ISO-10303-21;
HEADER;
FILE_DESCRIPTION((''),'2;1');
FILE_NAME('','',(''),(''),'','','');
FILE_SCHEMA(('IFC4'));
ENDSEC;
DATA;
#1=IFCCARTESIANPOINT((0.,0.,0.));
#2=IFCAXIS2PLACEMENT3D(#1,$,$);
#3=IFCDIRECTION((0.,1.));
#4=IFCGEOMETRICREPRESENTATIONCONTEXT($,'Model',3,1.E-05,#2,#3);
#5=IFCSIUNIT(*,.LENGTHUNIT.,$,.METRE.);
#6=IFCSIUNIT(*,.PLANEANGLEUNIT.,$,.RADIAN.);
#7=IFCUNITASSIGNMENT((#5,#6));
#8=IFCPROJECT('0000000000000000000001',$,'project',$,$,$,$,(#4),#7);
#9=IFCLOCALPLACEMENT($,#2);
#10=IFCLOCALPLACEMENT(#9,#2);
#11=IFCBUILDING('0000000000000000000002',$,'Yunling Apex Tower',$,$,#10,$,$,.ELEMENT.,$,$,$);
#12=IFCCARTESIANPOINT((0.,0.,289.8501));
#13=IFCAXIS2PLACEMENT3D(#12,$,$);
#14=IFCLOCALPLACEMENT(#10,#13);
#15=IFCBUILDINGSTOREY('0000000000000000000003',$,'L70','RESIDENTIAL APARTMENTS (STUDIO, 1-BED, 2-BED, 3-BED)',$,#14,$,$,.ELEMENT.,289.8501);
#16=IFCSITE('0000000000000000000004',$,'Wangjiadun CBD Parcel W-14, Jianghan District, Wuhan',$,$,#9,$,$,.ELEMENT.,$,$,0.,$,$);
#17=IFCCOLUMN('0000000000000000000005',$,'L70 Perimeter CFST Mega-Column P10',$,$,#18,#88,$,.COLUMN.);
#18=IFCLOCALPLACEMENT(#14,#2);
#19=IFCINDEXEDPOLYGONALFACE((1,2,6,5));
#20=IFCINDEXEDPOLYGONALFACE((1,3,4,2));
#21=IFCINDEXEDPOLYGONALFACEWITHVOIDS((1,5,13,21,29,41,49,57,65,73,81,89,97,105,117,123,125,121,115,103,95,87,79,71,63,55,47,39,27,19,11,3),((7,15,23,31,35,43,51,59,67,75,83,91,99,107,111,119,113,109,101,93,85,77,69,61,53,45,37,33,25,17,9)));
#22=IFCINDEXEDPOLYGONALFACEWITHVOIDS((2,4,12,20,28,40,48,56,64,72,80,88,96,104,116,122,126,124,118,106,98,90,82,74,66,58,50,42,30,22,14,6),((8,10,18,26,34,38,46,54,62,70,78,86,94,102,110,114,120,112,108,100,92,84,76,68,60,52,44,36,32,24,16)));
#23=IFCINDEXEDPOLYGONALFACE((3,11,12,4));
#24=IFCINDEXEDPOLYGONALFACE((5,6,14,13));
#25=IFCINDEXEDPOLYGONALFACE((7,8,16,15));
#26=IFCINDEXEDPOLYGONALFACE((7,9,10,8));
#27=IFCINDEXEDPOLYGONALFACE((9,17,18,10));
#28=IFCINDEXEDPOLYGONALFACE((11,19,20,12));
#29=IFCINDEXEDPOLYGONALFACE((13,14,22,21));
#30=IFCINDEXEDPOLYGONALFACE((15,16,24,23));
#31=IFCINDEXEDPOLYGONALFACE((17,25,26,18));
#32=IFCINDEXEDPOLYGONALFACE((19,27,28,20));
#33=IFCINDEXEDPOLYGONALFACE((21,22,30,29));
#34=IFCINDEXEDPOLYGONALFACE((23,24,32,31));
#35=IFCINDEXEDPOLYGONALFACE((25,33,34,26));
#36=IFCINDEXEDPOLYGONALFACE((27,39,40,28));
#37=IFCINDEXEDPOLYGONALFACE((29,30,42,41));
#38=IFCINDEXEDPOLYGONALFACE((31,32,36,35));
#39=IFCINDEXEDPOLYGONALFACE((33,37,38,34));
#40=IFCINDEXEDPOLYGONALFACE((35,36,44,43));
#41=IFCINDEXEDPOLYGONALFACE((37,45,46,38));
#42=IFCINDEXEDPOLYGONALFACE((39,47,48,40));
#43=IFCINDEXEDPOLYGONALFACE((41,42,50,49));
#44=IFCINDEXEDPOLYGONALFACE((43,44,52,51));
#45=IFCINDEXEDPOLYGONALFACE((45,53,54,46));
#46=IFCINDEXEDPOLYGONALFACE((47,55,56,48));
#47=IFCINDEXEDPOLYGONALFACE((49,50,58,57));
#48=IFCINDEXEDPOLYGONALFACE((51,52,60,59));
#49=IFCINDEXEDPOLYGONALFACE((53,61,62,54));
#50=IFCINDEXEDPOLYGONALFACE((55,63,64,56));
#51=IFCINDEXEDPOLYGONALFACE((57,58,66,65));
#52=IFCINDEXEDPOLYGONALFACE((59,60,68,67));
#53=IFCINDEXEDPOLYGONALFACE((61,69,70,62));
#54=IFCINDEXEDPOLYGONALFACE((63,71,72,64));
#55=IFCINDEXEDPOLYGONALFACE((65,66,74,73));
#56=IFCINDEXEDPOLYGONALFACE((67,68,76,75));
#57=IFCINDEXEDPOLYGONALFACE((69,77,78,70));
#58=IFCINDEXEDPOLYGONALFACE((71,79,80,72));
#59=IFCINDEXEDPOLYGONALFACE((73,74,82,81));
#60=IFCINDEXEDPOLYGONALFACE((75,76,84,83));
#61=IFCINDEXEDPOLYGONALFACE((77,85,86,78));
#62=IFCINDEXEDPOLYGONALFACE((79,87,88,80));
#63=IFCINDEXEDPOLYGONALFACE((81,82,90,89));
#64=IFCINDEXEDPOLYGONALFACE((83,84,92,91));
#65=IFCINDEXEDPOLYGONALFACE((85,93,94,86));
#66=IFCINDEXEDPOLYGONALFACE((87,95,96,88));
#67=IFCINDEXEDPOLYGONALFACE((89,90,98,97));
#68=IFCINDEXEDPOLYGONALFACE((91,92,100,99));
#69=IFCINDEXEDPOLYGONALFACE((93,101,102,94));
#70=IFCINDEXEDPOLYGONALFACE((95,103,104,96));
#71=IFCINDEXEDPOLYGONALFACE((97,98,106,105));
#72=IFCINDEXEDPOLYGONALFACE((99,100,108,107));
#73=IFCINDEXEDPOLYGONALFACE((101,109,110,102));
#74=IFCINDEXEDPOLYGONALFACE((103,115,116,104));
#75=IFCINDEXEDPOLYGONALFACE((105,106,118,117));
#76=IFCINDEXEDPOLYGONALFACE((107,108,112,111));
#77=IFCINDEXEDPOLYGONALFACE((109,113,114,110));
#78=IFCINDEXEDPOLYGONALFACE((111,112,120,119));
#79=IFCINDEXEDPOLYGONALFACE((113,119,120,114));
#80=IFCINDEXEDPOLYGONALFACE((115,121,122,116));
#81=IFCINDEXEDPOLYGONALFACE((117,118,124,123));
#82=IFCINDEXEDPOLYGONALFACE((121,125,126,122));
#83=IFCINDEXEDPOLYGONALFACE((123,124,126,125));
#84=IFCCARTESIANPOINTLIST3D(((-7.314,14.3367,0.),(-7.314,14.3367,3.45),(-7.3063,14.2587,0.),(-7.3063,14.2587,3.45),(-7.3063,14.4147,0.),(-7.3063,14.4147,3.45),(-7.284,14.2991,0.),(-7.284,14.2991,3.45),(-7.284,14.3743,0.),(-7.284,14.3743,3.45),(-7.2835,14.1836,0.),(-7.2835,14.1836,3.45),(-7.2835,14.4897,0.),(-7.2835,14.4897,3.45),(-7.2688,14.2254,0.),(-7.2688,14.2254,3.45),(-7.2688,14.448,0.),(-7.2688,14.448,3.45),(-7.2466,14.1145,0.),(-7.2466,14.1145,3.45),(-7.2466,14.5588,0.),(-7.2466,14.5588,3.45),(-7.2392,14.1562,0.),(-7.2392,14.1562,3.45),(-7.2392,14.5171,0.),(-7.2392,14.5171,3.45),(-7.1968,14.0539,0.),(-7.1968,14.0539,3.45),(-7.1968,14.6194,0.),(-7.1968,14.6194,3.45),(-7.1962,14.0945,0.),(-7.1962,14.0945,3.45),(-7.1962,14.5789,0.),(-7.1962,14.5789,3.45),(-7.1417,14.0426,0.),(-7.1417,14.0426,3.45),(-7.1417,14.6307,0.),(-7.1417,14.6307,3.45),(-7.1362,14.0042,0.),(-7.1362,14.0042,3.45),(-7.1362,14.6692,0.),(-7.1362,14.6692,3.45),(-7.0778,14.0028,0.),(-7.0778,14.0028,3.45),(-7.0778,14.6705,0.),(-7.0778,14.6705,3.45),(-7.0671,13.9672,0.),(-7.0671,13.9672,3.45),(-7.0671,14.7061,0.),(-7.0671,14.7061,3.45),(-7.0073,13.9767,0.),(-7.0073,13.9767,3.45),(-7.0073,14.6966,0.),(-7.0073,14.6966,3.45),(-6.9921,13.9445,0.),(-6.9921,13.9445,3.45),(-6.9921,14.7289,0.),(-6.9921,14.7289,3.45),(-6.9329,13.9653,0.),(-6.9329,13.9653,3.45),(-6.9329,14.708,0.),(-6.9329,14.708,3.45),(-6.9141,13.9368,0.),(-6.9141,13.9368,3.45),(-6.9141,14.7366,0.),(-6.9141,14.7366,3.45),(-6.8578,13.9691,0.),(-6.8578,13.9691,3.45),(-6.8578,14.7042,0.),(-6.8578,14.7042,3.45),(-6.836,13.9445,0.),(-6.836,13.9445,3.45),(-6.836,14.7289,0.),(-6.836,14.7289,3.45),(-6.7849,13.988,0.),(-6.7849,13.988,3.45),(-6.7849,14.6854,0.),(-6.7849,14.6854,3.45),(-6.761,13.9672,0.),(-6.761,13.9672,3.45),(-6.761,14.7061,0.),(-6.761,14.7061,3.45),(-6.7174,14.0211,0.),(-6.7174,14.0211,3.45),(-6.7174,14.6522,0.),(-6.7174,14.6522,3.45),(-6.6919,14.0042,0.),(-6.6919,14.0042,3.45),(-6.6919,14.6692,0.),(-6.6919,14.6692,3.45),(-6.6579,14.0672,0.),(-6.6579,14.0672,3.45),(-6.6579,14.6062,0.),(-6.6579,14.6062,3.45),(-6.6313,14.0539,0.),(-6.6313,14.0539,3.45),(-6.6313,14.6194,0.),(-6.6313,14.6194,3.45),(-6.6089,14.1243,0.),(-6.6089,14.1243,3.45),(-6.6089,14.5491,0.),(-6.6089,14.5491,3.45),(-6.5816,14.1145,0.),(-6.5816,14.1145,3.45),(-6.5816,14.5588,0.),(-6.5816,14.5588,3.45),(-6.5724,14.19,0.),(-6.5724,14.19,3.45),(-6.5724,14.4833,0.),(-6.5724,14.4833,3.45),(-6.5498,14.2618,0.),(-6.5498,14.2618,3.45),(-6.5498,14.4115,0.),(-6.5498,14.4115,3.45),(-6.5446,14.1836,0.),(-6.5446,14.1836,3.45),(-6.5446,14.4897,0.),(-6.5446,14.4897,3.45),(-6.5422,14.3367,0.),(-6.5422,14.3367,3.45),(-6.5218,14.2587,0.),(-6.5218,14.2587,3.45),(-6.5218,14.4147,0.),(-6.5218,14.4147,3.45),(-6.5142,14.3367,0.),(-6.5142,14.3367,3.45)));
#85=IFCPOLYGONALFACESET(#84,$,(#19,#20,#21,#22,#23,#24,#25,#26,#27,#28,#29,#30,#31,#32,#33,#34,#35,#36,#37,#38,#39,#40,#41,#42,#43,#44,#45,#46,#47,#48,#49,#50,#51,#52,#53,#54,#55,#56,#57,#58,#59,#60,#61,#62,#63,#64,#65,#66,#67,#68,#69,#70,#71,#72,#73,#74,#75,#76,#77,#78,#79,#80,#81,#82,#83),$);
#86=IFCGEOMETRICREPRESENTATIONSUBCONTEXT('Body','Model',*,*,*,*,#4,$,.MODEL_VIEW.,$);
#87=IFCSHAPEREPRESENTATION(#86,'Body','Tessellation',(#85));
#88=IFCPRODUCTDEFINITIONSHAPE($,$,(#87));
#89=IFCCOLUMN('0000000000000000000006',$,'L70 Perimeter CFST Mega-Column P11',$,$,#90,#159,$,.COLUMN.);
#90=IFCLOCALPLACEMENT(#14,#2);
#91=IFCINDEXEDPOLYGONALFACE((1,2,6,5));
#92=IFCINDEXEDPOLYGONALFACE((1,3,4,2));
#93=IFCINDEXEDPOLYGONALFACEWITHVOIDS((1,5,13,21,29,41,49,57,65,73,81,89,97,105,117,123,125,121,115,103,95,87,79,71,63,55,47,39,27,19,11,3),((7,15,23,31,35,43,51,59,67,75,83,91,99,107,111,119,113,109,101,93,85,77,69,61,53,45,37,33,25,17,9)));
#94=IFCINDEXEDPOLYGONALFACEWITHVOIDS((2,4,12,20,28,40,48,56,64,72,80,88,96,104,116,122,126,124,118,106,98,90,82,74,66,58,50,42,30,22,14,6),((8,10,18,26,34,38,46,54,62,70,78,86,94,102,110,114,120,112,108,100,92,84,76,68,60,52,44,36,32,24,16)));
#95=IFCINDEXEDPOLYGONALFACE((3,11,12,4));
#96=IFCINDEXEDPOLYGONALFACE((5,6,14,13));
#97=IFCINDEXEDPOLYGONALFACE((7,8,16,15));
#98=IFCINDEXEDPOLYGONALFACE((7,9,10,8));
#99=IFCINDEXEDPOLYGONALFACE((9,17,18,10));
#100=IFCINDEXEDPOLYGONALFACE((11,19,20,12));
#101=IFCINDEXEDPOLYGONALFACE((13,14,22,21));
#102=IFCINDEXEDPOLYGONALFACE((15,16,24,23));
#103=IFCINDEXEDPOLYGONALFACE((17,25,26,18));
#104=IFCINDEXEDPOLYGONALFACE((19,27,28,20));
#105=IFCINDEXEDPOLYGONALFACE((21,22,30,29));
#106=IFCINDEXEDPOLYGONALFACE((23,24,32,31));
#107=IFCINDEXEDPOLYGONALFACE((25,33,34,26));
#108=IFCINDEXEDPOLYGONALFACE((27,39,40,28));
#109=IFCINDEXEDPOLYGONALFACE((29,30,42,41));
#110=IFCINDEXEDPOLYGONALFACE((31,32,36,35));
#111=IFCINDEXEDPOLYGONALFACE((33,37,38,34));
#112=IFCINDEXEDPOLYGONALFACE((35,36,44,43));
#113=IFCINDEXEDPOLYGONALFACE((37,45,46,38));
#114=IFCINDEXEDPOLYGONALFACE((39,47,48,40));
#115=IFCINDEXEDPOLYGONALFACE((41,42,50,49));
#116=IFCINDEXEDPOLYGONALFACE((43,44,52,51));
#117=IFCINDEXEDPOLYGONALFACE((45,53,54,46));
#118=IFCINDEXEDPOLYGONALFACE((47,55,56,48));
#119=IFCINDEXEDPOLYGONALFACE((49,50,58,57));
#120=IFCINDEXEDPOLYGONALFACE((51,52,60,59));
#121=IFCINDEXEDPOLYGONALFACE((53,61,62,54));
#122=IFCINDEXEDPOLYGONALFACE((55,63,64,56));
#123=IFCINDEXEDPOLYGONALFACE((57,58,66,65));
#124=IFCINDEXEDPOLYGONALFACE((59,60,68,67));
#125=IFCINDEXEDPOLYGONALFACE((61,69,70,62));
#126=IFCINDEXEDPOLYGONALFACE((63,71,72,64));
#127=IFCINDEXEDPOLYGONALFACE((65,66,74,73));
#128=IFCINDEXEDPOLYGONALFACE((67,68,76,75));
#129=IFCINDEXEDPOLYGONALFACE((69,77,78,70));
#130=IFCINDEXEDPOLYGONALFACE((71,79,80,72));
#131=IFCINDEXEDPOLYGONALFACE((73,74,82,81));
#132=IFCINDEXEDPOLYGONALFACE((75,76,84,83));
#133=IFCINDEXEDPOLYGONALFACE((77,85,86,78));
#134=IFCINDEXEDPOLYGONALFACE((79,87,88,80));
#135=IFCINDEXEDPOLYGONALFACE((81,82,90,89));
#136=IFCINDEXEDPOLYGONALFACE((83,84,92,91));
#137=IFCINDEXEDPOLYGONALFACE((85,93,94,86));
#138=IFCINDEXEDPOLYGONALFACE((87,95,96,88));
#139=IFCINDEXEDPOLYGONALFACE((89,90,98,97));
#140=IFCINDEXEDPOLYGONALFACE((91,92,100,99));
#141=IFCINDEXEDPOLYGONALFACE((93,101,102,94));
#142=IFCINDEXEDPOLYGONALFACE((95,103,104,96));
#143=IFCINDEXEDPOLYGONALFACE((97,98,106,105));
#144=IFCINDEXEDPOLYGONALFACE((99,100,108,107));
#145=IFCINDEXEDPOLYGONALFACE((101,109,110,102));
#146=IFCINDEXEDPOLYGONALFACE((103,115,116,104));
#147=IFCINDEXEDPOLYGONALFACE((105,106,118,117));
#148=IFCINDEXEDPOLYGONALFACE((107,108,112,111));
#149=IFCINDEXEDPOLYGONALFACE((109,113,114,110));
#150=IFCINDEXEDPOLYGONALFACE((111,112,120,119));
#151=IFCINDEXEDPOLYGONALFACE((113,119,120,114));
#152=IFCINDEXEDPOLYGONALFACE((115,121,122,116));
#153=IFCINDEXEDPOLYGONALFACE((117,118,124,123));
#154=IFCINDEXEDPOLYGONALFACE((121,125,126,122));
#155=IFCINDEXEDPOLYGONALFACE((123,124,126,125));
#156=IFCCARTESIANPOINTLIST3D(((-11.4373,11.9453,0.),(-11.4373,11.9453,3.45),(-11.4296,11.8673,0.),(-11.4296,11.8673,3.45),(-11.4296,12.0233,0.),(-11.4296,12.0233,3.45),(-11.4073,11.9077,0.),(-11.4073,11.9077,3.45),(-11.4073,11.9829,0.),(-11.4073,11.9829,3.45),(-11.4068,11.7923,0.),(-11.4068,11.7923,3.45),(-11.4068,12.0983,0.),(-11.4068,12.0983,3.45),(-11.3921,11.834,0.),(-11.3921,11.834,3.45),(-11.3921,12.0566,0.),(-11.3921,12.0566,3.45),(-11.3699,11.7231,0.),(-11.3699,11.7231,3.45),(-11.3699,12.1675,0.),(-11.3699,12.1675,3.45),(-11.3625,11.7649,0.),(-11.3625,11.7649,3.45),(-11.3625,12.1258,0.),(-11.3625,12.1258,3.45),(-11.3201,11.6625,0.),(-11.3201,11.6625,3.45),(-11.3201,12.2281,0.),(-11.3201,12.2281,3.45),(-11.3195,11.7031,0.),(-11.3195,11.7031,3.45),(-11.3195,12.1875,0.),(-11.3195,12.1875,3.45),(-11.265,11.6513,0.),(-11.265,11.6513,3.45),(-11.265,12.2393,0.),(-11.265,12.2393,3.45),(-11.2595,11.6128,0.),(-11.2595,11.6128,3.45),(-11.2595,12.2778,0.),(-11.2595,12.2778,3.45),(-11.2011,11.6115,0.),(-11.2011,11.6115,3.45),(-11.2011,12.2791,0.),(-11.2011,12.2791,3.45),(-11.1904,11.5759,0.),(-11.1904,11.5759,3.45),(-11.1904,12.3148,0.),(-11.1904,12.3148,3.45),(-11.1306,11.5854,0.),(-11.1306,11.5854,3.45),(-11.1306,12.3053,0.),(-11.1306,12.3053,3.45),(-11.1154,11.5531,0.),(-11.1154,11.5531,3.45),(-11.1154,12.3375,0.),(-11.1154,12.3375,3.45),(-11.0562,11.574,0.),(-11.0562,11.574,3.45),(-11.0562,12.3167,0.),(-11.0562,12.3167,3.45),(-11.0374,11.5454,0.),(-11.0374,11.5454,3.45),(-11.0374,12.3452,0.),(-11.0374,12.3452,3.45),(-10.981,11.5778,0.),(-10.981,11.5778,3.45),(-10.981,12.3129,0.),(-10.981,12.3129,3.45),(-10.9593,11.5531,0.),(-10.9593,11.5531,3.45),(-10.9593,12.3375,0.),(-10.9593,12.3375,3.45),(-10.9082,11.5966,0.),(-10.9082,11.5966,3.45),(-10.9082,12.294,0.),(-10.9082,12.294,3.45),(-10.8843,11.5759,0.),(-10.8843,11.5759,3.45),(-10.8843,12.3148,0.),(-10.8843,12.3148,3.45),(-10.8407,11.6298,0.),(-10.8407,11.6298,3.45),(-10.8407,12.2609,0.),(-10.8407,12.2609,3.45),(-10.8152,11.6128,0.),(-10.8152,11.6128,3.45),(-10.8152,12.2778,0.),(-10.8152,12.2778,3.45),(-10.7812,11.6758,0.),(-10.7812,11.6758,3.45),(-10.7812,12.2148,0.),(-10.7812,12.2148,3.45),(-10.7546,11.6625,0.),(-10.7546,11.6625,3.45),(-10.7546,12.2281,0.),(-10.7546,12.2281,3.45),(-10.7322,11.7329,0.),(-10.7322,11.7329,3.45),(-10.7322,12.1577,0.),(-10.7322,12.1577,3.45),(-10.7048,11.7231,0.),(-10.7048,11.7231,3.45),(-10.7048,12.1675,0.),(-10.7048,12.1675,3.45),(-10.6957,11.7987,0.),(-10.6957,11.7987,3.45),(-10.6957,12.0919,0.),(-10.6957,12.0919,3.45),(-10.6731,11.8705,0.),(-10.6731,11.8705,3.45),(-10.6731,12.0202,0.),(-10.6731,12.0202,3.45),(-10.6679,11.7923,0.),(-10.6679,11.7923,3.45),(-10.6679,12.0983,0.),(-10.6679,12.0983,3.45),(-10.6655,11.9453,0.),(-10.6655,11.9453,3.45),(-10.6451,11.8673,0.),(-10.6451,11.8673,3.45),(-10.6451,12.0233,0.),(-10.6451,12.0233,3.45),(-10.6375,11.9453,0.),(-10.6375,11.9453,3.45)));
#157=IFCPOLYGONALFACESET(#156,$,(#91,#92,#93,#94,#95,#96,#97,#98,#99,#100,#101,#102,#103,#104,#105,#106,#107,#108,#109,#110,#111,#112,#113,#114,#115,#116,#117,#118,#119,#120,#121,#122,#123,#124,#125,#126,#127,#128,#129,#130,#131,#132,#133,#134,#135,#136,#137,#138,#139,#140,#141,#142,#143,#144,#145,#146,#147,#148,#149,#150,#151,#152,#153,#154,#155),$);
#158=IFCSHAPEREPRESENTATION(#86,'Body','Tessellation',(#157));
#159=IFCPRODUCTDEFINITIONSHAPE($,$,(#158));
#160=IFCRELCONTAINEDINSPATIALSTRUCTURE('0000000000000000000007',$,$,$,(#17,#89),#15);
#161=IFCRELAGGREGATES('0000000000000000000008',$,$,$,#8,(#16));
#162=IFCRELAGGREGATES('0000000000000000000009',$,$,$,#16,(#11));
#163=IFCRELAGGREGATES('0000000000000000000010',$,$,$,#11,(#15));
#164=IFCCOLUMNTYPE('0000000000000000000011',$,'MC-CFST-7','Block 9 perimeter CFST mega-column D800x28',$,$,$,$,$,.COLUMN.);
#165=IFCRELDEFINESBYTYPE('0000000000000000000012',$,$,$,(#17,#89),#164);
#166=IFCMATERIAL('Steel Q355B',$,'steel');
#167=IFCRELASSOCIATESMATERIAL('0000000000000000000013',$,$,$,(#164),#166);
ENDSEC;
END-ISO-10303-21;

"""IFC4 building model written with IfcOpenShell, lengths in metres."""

from ifc_helpers import new_model, si_unit, direction, frame, origin, origin_2d, place, context, subcontext, project, spatial, hollow_circle, extrude, source, transform, mapped, material, material_profile, profile_set, type_object, element, save


model = new_model("IFC4")

# Units and contexts
model_context = context("Model", 3, precision=1e-05, world=origin(), true_north=direction((0.0, 1.0)))
body_context = subcontext(model_context, "Body", "Model", "MODEL_VIEW")
ifc_project = project(units=[si_unit("LENGTHUNIT", "METRE"), si_unit("PLANEANGLEUNIT", "RADIAN")], contexts=[model_context])

# Site, building, storey
site_placement = place(None, origin())
site = spatial("IfcSite", under=ifc_project, at=site_placement, Name="Wangjiadun CBD Parcel W-14, Jianghan District, Wuhan", CompositionType="ELEMENT", RefElevation=0.0)
building_placement = place(site_placement, origin())
building = spatial("IfcBuilding", under=site, at=building_placement, Name="Yunling Apex Tower", CompositionType="ELEMENT")
storey_placement = place(building_placement, frame((0.0, 0.0, 289.8501)))
storey = spatial("IfcBuildingStorey", under=building, at=storey_placement, Name="L70", Description="RESIDENTIAL APARTMENTS (STUDIO, 1-BED, 2-BED, 3-BED)", CompositionType="ELEMENT", Elevation=289.8501)

# Columns
ifc_material_1 = material(Name="Steel Q355B", Category="steel")
ifc_material_profile_1 = material_profile(ifc_material_1, hollow_circle(Radius=0.3999, WallThickness=0.0281, at=origin_2d()))
ifc_profile_set_1 = profile_set([ifc_material_profile_1], Name="Steel Q355B")
column_type = type_object("IfcColumnType", Name="MC-CFST-7", Description="Block 9 perimeter CFST mega-column D800x28", PredefinedType="COLUMN", material=ifc_profile_set_1)
shared_shape_1 = source(origin(), body_context, "Body", "SweptSolid", [
    extrude(hollow_circle(Radius=0.3999, WallThickness=0.0281, at=origin_2d()), origin(), (0.0, 0.0, 1.0), 3.45),
])
for number, where, z_axis, x_axis, name in (
    (1, (-6.9141, 14.3367, 0.0), (0.0, 0.0, 1.0), (1.0, 0.0, 0.0), "L70 Perimeter CFST Mega-Column P10"),
    (2, (-11.0374, 11.9453, 0.0), (0.0, 0.0, 1.0), (1.0, 0.0, 0.0), "L70 Perimeter CFST Mega-Column P11"),
):
    element("IfcColumn", number, at=place(storey_placement, frame(where, z_axis=z_axis, x_axis=x_axis)), inside=storey, type_object=column_type, Name=name, PredefinedType="COLUMN", context=body_context, shape_type="MappedRepresentation", body=[
        mapped(shared_shape_1, transform((0.0, 0.0, 0.0), scale=1.0)),
    ])

save(model, "model.ifc")
